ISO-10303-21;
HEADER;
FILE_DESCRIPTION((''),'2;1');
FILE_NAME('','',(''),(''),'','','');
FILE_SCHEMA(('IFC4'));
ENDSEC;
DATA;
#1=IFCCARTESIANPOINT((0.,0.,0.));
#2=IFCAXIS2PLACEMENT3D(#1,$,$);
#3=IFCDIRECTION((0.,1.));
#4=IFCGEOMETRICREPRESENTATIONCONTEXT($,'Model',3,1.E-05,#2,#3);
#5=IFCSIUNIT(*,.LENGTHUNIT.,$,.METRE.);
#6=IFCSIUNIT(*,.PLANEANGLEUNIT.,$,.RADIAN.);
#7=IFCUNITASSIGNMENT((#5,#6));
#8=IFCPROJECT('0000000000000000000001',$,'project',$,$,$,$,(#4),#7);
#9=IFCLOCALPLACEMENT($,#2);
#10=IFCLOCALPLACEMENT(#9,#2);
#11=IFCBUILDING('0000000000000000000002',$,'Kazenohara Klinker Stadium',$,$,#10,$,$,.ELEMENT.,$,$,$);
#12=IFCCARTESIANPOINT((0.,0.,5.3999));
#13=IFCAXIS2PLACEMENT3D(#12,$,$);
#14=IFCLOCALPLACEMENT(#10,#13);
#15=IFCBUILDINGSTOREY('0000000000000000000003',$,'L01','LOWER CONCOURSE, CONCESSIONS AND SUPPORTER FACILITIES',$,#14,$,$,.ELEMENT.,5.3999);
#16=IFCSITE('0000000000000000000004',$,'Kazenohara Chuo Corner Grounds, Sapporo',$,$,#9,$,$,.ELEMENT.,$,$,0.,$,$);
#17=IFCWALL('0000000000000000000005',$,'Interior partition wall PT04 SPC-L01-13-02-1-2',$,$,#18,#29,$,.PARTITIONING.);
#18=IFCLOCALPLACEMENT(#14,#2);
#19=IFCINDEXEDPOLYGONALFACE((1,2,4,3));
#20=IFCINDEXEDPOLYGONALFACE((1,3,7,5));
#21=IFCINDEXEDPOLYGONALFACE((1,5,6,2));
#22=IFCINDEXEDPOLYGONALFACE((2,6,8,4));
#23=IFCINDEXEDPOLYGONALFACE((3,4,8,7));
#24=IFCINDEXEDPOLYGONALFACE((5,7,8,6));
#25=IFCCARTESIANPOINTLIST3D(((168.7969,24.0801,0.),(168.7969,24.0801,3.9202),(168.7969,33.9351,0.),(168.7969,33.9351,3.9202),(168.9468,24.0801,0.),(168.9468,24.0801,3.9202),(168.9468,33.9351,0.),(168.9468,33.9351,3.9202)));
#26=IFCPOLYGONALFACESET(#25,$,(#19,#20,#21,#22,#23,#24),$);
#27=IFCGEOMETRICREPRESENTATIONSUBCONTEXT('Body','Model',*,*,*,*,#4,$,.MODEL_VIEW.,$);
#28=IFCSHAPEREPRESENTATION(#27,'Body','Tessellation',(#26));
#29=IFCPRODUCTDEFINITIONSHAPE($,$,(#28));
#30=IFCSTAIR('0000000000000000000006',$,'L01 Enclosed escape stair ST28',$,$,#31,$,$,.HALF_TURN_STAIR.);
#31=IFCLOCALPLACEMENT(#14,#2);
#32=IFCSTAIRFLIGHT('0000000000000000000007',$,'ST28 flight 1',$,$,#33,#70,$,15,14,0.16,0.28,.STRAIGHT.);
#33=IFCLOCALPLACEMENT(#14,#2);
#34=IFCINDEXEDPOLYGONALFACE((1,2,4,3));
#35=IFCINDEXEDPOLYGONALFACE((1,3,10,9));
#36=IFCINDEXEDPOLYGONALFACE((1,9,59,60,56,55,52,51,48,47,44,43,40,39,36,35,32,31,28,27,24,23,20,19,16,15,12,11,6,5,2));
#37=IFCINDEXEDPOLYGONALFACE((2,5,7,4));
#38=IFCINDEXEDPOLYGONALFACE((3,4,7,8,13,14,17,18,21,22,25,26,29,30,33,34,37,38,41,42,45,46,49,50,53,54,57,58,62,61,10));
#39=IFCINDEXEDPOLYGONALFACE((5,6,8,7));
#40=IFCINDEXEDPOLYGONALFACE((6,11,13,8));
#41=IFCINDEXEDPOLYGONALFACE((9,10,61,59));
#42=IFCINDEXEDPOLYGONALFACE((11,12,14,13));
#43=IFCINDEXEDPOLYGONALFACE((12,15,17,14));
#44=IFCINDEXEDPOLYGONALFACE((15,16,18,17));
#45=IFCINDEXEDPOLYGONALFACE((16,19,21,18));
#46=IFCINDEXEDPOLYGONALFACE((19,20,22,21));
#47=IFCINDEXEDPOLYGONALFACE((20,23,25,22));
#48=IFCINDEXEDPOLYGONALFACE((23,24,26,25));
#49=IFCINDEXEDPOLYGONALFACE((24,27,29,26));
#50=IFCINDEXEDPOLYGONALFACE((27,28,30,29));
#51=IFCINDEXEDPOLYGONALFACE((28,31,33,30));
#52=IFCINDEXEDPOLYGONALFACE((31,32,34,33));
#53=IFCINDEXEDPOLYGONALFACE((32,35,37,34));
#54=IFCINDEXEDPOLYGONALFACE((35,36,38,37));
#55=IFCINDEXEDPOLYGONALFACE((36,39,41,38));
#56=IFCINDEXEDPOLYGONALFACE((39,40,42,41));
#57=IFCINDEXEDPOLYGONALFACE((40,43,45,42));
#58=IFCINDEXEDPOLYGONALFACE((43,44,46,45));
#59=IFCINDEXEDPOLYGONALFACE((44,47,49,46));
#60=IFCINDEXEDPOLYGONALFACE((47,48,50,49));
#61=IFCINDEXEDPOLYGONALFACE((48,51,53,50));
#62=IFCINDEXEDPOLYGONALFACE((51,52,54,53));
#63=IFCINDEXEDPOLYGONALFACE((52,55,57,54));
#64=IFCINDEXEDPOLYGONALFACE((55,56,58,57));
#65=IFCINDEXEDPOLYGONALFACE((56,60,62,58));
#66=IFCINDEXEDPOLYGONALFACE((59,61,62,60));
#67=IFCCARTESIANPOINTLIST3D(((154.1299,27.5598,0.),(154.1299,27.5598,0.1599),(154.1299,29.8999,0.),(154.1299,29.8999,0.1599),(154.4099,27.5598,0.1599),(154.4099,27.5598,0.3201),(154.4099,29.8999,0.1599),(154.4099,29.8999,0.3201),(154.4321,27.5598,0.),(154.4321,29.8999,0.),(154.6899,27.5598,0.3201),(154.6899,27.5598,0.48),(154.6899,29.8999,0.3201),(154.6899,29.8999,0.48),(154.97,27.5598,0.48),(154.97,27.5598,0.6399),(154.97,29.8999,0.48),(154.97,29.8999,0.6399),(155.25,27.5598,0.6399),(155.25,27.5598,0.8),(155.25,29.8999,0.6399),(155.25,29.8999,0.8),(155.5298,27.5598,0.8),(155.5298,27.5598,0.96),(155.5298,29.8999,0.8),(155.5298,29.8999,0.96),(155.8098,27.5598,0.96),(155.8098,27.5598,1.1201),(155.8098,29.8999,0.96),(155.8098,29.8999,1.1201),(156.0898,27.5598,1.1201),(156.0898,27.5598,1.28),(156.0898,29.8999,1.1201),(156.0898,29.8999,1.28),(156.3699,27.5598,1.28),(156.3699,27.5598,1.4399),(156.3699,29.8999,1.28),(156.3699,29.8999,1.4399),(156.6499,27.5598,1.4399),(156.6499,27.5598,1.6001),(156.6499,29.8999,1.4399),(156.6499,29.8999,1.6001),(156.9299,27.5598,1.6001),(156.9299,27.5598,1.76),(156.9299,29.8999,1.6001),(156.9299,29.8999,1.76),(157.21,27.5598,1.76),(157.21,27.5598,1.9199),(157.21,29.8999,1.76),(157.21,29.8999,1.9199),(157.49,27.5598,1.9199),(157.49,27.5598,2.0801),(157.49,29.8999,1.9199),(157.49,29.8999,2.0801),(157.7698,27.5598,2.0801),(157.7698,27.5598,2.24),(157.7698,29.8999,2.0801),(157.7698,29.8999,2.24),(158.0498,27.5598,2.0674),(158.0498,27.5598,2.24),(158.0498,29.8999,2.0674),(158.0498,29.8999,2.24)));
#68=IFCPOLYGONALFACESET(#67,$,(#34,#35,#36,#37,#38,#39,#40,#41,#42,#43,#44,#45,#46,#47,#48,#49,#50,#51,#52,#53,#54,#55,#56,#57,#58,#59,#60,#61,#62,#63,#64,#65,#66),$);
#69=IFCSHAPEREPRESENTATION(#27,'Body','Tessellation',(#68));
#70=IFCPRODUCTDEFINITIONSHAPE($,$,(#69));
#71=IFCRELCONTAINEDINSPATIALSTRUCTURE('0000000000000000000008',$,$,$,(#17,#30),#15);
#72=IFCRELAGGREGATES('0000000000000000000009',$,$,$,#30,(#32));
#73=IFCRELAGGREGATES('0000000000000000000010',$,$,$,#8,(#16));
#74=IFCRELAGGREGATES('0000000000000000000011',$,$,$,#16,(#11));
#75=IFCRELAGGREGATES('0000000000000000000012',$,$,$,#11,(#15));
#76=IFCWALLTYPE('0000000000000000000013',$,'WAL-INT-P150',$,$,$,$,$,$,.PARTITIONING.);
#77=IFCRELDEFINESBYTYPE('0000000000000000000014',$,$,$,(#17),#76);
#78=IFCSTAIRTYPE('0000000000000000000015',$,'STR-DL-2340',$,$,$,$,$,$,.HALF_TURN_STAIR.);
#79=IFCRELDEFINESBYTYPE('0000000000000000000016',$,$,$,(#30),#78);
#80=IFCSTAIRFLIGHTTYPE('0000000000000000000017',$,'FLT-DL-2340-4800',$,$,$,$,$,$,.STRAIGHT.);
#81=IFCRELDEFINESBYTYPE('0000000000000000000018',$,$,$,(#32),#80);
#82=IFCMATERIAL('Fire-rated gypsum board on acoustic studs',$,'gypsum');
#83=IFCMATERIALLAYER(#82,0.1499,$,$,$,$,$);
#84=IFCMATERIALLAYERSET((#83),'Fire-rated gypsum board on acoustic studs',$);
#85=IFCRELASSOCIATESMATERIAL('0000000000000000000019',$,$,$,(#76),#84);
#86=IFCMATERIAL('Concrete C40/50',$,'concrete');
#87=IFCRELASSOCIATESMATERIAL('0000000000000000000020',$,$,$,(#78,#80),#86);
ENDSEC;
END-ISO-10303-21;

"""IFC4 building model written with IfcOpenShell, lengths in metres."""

from ifc_helpers import new_model, si_unit, direction, frame, frame_2d, origin, place, context, subcontext, project, spatial, polyline, rectangle, outline, extrude, material, layer, layer_set, type_object, element, aggregate, save


model = new_model("IFC4")

# Units and contexts
model_context = context("Model", 3, precision=1e-05, world=origin(), true_north=direction((0.0, 1.0)))
body_context = subcontext(model_context, "Body", "Model", "MODEL_VIEW")
ifc_project = project(units=[si_unit("LENGTHUNIT", "METRE"), si_unit("PLANEANGLEUNIT", "RADIAN")], contexts=[model_context])

# Site, building, storey
site_placement = place(None, origin())
site = spatial("IfcSite", under=ifc_project, at=site_placement, Name="Kazenohara Chuo Corner Grounds, Sapporo", CompositionType="ELEMENT", RefElevation=0.0)
building_placement = place(site_placement, origin())
building = spatial("IfcBuilding", under=site, at=building_placement, Name="Kazenohara Klinker Stadium", CompositionType="ELEMENT")
storey_placement = place(building_placement, frame((0.0, 0.0, 5.3999)))
storey = spatial("IfcBuildingStorey", under=building, at=storey_placement, Name="L01", Description="LOWER CONCOURSE, CONCESSIONS AND SUPPORTER FACILITIES", CompositionType="ELEMENT", Elevation=5.3999)

# Shared definitions
ifc_material_1 = material(Name="Concrete C40/50", Category="concrete")

# Shared definitions
ifc_material_2 = material(Name="Fire-rated gypsum board on acoustic studs", Category="gypsum")

# Wall
ifc_layer_1 = layer(ifc_material_2, 0.1499)
ifc_layer_set_1 = layer_set([ifc_layer_1], Name="Fire-rated gypsum board on acoustic studs")
wall_type_1 = type_object("IfcWallType", Name="WAL-INT-P150", PredefinedType="PARTITIONING", material=ifc_layer_set_1)
wall_1_placement = place(storey_placement, frame((168.8718, 24.0801, 0.0), z_axis=(0.0, 0.0, 1.0), x_axis=(0.0, 1.0, 0.0)))
element("IfcWall", 1, at=wall_1_placement, inside=storey, type_object=wall_type_1, Name="Interior partition wall PT04 SPC-L01-13-02-1-2", PredefinedType="PARTITIONING", context=body_context, shape_type="SweptSolid", body=[
    extrude(rectangle(XDim=9.855, YDim=0.1499, at=frame_2d((4.9275, 0.0))), origin(), (0.0, 0.0, 1.0), 3.9202),
])

# Stair, stair flight
stair_type = type_object("IfcStairType", Name="STR-DL-2340", PredefinedType="HALF_TURN_STAIR", material=ifc_material_1)
stair_placement = place(storey_placement, origin())
stair = element("IfcStair", 2, at=stair_placement, inside=storey, type_object=stair_type, Name="L01 Enclosed escape stair ST28", PredefinedType="HALF_TURN_STAIR")
stair_flight_type = type_object("IfcStairFlightType", Name="FLT-DL-2340-4800", PredefinedType="STRAIGHT", material=ifc_material_1)
stair_flight_placement = place(storey_placement, frame((154.1299, 28.73, 0.0), z_axis=(0.0, 0.0, 1.0), x_axis=(1.0, 0.0, 0.0)))
stair_flight = element("IfcStairFlight", 3, at=stair_flight_placement, type_object=stair_flight_type, Name="ST28 flight 1", NumberOfRisers=15, NumberOfTreads=14, PredefinedType="STRAIGHT", RiserHeight=0.16, TreadLength=0.28, context=body_context, shape_type="SweptSolid", body=[
    extrude(outline(polyline([(0.0, 0.0), (0.0, 0.1599), (0.28, 0.1599), (0.28, 0.3201), (0.5601, 0.3201), (0.5601, 0.48), (0.8401, 0.48), (0.8401, 0.6399), (1.1201, 0.6399), (1.1201, 0.8), (1.3999, 0.8), (1.3999, 0.96), (1.6799, 0.96), (1.6799, 1.1201), (1.96, 1.1201), (1.96, 1.28), (2.24, 1.28), (2.24, 1.4399), (2.52, 1.4399), (2.52, 1.6001), (2.8, 1.6001), (2.8, 1.76), (3.0801, 1.76), (3.0801, 1.9199), (3.3601, 1.9199), (3.3601, 2.0801), (3.6399, 2.0801), (3.6399, 2.24), (3.9199, 2.24), (3.9199, 2.3999), (3.9199, 2.0674), (0.3022, 0.0), (0.0, 0.0)])), frame((0.0, 1.1699, 0.0), z_axis=(0.0, -1.0, 0.0), x_axis=(1.0, 0.0, 0.0)), (0.0, 0.0, 1.0), 2.3401),
])
aggregate(stair, [stair_flight])

save(model, "model.ifc")
